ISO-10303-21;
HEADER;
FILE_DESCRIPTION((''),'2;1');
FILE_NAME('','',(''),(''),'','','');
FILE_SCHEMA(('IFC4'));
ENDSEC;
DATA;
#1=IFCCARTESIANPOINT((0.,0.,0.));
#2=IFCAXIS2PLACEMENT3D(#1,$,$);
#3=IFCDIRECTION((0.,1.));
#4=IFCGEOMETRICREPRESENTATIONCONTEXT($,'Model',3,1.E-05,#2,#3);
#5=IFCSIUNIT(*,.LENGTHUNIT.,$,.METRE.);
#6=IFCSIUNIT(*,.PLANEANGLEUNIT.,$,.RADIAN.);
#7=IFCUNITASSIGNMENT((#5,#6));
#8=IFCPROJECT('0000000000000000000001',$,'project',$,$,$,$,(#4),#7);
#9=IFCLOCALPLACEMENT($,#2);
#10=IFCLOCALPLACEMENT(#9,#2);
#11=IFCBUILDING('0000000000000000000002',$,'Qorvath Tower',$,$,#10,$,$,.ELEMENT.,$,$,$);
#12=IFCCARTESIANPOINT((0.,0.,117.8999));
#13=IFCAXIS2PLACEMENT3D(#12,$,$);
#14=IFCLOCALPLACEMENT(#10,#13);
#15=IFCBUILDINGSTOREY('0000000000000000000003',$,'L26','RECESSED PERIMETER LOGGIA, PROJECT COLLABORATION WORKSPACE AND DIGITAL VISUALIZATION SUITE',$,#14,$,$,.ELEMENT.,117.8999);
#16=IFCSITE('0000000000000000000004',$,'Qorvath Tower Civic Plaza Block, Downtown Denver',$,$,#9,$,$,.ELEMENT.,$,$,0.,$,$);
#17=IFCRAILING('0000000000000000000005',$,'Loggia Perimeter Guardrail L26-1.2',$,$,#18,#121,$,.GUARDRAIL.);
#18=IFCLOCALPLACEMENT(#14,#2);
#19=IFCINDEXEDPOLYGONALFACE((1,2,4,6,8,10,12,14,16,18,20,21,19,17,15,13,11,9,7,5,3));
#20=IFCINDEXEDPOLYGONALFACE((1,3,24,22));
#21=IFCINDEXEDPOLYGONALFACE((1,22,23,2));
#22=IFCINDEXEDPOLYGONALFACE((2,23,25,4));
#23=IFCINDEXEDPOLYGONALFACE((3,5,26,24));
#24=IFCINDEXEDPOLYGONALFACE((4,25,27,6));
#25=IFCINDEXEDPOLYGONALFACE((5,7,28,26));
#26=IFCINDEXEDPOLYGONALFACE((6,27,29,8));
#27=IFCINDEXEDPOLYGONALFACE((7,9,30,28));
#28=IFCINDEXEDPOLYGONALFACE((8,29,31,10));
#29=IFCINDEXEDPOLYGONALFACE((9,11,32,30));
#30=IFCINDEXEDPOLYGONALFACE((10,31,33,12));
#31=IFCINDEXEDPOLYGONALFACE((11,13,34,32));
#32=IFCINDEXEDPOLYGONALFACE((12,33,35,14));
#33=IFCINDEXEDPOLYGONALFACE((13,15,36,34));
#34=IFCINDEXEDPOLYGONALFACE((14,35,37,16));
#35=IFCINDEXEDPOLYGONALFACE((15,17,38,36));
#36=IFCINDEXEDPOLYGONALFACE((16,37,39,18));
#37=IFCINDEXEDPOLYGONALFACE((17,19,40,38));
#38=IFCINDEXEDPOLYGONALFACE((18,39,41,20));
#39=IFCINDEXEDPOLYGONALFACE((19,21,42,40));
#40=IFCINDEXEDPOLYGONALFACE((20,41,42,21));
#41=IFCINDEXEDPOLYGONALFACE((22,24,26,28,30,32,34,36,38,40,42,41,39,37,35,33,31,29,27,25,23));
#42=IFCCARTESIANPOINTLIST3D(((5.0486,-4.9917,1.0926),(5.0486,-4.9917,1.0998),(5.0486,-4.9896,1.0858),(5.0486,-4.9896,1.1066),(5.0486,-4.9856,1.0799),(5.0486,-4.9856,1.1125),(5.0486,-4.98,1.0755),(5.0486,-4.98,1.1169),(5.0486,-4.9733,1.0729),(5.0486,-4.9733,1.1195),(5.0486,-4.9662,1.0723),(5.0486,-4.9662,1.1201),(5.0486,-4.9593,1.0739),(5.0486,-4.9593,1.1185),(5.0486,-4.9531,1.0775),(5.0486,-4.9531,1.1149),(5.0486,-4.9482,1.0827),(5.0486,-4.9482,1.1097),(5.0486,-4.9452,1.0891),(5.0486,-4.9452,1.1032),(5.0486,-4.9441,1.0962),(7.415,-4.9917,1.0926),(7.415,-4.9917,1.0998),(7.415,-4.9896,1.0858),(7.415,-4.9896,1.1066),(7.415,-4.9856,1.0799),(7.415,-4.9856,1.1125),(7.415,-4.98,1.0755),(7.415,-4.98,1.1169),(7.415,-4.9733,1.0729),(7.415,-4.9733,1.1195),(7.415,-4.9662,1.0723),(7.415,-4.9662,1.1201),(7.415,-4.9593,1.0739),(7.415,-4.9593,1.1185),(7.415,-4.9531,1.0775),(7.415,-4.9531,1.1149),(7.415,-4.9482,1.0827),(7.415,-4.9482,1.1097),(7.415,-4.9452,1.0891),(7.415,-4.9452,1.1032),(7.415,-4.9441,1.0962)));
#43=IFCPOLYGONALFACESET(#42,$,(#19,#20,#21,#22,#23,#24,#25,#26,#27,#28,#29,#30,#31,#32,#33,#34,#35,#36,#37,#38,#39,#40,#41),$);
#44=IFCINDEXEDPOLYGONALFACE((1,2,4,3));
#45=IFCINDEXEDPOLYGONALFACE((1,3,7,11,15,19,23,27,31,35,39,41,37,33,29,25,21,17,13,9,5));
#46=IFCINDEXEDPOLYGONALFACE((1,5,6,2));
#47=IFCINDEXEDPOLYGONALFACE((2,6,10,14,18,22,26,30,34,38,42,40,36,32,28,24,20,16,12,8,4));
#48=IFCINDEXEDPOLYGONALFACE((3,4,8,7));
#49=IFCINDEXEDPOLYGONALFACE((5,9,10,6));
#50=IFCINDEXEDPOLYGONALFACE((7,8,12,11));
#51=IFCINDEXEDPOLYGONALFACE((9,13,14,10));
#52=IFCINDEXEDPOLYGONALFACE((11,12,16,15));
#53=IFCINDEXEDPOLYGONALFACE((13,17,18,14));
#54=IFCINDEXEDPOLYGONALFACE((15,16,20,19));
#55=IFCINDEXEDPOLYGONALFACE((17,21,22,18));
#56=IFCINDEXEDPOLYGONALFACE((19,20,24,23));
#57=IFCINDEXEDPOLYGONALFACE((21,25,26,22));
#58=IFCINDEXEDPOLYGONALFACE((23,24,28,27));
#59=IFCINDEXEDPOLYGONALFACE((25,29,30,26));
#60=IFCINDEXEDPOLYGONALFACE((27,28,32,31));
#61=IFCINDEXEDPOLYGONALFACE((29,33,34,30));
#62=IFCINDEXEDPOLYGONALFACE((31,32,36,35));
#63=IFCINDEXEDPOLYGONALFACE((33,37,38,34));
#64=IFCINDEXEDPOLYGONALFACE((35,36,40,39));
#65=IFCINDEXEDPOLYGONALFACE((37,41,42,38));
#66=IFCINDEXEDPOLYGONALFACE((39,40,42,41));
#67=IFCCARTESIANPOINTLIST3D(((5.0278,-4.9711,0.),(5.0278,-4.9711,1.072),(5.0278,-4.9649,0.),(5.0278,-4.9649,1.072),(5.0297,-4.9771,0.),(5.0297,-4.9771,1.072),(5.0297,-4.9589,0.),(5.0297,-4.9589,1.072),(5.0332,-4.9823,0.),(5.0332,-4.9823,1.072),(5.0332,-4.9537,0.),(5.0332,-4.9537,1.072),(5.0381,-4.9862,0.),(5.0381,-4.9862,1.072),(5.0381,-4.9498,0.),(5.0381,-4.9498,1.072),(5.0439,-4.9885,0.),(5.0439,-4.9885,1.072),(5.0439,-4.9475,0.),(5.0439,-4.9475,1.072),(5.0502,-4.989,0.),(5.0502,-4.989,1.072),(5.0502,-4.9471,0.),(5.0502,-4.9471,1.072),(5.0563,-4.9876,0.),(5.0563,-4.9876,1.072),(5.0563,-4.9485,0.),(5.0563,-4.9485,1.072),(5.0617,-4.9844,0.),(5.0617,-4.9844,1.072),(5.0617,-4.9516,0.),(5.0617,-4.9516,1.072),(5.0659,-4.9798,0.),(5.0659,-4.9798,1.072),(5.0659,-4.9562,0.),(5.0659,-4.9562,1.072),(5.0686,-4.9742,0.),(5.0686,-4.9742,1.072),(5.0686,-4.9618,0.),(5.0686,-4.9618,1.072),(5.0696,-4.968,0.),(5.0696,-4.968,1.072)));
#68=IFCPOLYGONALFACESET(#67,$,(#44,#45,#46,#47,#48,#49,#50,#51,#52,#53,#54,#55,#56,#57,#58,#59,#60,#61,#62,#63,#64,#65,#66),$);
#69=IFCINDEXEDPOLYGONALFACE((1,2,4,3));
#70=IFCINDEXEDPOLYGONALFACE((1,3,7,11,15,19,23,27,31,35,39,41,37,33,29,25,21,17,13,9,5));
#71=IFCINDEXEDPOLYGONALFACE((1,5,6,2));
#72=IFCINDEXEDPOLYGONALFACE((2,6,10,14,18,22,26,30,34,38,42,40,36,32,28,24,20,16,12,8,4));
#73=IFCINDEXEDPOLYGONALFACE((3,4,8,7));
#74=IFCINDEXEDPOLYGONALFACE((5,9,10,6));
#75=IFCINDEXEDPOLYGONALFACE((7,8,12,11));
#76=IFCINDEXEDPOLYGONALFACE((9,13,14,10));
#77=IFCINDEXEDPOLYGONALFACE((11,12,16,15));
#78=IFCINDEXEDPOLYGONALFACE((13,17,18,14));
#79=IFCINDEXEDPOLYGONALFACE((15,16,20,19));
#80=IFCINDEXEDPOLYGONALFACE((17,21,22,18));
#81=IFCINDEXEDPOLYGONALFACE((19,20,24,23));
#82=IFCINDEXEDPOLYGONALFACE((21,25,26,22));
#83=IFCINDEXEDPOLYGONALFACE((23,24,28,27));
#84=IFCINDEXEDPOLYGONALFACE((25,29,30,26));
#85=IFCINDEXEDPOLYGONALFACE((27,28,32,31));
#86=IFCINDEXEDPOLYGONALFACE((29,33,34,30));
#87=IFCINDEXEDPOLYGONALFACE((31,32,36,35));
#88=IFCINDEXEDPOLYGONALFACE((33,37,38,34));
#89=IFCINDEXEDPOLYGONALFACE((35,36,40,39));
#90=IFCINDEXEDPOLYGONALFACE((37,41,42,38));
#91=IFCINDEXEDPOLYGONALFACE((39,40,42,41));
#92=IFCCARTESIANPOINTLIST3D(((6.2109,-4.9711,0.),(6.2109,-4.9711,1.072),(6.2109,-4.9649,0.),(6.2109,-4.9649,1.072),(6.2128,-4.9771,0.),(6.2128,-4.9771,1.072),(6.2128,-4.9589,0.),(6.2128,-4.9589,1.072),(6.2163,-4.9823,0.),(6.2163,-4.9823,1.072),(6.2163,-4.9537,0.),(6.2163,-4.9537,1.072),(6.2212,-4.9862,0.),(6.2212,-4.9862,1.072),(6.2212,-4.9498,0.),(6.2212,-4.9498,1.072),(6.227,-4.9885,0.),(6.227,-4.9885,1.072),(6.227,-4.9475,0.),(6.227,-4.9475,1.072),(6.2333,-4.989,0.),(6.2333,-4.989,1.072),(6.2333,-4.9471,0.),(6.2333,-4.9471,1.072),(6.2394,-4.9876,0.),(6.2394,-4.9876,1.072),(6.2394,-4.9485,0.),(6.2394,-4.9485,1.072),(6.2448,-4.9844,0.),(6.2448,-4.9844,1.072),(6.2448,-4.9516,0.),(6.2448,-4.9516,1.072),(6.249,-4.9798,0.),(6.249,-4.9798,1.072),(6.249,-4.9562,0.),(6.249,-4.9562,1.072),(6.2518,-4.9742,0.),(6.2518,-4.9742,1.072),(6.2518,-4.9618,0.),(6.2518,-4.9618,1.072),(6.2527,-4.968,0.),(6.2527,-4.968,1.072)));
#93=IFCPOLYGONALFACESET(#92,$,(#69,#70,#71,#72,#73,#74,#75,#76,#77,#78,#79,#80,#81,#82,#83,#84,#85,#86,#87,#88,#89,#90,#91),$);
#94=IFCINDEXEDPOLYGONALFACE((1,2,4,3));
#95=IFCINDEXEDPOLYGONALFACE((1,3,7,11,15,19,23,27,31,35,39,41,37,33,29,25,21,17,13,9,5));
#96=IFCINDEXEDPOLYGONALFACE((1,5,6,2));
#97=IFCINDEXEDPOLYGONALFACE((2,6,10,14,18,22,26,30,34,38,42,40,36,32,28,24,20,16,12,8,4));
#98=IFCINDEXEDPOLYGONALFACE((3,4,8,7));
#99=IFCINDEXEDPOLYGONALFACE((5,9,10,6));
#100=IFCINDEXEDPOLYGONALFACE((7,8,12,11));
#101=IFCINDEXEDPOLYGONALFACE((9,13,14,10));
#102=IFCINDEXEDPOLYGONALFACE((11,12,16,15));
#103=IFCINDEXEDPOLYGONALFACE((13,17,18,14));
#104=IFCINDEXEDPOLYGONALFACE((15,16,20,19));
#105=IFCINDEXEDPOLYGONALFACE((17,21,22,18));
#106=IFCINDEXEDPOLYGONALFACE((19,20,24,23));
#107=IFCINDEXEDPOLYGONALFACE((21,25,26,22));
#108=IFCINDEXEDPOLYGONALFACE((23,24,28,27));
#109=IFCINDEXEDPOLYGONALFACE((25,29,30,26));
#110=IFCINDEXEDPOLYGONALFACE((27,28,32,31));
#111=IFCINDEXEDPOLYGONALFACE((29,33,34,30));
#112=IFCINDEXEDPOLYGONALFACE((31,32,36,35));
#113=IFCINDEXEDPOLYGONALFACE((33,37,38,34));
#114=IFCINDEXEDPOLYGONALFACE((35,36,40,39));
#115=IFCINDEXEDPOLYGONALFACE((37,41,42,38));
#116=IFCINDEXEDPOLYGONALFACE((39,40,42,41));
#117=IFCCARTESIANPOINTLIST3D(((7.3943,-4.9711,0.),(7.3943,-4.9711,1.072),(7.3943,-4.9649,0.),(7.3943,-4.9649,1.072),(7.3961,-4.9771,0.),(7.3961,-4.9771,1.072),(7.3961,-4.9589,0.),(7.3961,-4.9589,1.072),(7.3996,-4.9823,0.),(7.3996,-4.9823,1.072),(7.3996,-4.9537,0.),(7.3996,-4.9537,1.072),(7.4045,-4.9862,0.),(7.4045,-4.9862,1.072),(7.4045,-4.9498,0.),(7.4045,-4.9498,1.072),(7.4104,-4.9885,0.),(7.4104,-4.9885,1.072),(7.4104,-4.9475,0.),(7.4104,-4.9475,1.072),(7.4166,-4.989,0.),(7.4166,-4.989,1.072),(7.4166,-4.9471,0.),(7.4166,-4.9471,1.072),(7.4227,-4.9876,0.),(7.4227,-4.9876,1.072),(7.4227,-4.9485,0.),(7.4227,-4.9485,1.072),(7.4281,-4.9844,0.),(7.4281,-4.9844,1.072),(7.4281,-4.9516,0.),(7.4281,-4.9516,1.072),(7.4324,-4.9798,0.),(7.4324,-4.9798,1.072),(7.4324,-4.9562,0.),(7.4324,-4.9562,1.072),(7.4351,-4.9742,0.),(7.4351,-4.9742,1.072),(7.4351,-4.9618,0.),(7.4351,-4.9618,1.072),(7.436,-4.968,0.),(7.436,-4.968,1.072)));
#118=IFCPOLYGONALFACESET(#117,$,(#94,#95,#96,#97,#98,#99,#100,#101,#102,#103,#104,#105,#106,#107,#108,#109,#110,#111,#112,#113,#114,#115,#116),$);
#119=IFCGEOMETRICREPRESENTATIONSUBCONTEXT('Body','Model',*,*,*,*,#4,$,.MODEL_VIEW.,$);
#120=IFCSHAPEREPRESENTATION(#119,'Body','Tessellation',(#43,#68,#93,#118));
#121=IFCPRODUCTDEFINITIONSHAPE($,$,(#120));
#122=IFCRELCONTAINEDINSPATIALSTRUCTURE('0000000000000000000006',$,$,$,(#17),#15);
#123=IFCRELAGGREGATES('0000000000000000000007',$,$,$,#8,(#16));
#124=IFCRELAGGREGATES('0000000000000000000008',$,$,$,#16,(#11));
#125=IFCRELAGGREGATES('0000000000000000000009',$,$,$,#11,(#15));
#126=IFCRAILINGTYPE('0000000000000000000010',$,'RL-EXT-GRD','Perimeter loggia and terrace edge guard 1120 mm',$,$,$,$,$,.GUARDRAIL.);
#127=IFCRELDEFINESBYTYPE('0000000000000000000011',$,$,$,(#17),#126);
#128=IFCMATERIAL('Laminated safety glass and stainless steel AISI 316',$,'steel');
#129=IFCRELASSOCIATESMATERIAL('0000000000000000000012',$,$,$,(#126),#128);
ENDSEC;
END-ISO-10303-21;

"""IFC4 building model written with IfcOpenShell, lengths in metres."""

from ifc_helpers import new_model, si_unit, direction, frame, origin, origin_2d, place, context, subcontext, project, spatial, circle, extrude, material, type_object, element, save


model = new_model("IFC4")

# Units and contexts
model_context = context("Model", 3, precision=1e-05, world=origin(), true_north=direction((0.0, 1.0)))
body_context = subcontext(model_context, "Body", "Model", "MODEL_VIEW")
ifc_project = project(units=[si_unit("LENGTHUNIT", "METRE"), si_unit("PLANEANGLEUNIT", "RADIAN")], contexts=[model_context])

# Site, building, storey
site_placement = place(None, origin())
site = spatial("IfcSite", under=ifc_project, at=site_placement, Name="Qorvath Tower Civic Plaza Block, Downtown Denver", CompositionType="ELEMENT", RefElevation=0.0)
building_placement = place(site_placement, origin())
building = spatial("IfcBuilding", under=site, at=building_placement, Name="Qorvath Tower", CompositionType="ELEMENT")
storey_placement = place(building_placement, frame((0.0, 0.0, 117.8999)))
storey = spatial("IfcBuildingStorey", under=building, at=storey_placement, Name="L26", Description="RECESSED PERIMETER LOGGIA, PROJECT COLLABORATION WORKSPACE AND DIGITAL VISUALIZATION SUITE", CompositionType="ELEMENT", Elevation=117.8999)

# Railing
ifc_material_1 = material(Name="Laminated safety glass and stainless steel AISI 316", Category="steel")
railing_type = type_object("IfcRailingType", Name="RL-EXT-GRD", Description="Perimeter loggia and terrace edge guard 1120 mm", PredefinedType="GUARDRAIL", material=ifc_material_1)
railing_1_placement = place(storey_placement, frame((5.0486, -4.968, 0.0)))
element("IfcRailing", 1, at=railing_1_placement, inside=storey, type_object=railing_type, Name="Loggia Perimeter Guardrail L26-1.2", PredefinedType="GUARDRAIL", context=body_context, shape_type="SweptSolid", body=[
    extrude(circle(Radius=0.0239, at=origin_2d()), frame((0.0, 0.0, 1.0962), z_axis=(1.0, 0.0, 0.0), x_axis=(0.0, 1.0, 0.0)), (0.0, 0.0, 1.0), 2.3665),
    extrude(circle(Radius=0.021, at=origin_2d()), origin(), (0.0, 0.0, 1.0), 1.072),
    extrude(circle(Radius=0.021, at=origin_2d()), frame((1.1831, 0.0, 0.0)), (0.0, 0.0, 1.0), 1.072),
    extrude(circle(Radius=0.021, at=origin_2d()), frame((2.3665, 0.0, 0.0)), (0.0, 0.0, 1.0), 1.072),
])

save(model, "model.ifc")
